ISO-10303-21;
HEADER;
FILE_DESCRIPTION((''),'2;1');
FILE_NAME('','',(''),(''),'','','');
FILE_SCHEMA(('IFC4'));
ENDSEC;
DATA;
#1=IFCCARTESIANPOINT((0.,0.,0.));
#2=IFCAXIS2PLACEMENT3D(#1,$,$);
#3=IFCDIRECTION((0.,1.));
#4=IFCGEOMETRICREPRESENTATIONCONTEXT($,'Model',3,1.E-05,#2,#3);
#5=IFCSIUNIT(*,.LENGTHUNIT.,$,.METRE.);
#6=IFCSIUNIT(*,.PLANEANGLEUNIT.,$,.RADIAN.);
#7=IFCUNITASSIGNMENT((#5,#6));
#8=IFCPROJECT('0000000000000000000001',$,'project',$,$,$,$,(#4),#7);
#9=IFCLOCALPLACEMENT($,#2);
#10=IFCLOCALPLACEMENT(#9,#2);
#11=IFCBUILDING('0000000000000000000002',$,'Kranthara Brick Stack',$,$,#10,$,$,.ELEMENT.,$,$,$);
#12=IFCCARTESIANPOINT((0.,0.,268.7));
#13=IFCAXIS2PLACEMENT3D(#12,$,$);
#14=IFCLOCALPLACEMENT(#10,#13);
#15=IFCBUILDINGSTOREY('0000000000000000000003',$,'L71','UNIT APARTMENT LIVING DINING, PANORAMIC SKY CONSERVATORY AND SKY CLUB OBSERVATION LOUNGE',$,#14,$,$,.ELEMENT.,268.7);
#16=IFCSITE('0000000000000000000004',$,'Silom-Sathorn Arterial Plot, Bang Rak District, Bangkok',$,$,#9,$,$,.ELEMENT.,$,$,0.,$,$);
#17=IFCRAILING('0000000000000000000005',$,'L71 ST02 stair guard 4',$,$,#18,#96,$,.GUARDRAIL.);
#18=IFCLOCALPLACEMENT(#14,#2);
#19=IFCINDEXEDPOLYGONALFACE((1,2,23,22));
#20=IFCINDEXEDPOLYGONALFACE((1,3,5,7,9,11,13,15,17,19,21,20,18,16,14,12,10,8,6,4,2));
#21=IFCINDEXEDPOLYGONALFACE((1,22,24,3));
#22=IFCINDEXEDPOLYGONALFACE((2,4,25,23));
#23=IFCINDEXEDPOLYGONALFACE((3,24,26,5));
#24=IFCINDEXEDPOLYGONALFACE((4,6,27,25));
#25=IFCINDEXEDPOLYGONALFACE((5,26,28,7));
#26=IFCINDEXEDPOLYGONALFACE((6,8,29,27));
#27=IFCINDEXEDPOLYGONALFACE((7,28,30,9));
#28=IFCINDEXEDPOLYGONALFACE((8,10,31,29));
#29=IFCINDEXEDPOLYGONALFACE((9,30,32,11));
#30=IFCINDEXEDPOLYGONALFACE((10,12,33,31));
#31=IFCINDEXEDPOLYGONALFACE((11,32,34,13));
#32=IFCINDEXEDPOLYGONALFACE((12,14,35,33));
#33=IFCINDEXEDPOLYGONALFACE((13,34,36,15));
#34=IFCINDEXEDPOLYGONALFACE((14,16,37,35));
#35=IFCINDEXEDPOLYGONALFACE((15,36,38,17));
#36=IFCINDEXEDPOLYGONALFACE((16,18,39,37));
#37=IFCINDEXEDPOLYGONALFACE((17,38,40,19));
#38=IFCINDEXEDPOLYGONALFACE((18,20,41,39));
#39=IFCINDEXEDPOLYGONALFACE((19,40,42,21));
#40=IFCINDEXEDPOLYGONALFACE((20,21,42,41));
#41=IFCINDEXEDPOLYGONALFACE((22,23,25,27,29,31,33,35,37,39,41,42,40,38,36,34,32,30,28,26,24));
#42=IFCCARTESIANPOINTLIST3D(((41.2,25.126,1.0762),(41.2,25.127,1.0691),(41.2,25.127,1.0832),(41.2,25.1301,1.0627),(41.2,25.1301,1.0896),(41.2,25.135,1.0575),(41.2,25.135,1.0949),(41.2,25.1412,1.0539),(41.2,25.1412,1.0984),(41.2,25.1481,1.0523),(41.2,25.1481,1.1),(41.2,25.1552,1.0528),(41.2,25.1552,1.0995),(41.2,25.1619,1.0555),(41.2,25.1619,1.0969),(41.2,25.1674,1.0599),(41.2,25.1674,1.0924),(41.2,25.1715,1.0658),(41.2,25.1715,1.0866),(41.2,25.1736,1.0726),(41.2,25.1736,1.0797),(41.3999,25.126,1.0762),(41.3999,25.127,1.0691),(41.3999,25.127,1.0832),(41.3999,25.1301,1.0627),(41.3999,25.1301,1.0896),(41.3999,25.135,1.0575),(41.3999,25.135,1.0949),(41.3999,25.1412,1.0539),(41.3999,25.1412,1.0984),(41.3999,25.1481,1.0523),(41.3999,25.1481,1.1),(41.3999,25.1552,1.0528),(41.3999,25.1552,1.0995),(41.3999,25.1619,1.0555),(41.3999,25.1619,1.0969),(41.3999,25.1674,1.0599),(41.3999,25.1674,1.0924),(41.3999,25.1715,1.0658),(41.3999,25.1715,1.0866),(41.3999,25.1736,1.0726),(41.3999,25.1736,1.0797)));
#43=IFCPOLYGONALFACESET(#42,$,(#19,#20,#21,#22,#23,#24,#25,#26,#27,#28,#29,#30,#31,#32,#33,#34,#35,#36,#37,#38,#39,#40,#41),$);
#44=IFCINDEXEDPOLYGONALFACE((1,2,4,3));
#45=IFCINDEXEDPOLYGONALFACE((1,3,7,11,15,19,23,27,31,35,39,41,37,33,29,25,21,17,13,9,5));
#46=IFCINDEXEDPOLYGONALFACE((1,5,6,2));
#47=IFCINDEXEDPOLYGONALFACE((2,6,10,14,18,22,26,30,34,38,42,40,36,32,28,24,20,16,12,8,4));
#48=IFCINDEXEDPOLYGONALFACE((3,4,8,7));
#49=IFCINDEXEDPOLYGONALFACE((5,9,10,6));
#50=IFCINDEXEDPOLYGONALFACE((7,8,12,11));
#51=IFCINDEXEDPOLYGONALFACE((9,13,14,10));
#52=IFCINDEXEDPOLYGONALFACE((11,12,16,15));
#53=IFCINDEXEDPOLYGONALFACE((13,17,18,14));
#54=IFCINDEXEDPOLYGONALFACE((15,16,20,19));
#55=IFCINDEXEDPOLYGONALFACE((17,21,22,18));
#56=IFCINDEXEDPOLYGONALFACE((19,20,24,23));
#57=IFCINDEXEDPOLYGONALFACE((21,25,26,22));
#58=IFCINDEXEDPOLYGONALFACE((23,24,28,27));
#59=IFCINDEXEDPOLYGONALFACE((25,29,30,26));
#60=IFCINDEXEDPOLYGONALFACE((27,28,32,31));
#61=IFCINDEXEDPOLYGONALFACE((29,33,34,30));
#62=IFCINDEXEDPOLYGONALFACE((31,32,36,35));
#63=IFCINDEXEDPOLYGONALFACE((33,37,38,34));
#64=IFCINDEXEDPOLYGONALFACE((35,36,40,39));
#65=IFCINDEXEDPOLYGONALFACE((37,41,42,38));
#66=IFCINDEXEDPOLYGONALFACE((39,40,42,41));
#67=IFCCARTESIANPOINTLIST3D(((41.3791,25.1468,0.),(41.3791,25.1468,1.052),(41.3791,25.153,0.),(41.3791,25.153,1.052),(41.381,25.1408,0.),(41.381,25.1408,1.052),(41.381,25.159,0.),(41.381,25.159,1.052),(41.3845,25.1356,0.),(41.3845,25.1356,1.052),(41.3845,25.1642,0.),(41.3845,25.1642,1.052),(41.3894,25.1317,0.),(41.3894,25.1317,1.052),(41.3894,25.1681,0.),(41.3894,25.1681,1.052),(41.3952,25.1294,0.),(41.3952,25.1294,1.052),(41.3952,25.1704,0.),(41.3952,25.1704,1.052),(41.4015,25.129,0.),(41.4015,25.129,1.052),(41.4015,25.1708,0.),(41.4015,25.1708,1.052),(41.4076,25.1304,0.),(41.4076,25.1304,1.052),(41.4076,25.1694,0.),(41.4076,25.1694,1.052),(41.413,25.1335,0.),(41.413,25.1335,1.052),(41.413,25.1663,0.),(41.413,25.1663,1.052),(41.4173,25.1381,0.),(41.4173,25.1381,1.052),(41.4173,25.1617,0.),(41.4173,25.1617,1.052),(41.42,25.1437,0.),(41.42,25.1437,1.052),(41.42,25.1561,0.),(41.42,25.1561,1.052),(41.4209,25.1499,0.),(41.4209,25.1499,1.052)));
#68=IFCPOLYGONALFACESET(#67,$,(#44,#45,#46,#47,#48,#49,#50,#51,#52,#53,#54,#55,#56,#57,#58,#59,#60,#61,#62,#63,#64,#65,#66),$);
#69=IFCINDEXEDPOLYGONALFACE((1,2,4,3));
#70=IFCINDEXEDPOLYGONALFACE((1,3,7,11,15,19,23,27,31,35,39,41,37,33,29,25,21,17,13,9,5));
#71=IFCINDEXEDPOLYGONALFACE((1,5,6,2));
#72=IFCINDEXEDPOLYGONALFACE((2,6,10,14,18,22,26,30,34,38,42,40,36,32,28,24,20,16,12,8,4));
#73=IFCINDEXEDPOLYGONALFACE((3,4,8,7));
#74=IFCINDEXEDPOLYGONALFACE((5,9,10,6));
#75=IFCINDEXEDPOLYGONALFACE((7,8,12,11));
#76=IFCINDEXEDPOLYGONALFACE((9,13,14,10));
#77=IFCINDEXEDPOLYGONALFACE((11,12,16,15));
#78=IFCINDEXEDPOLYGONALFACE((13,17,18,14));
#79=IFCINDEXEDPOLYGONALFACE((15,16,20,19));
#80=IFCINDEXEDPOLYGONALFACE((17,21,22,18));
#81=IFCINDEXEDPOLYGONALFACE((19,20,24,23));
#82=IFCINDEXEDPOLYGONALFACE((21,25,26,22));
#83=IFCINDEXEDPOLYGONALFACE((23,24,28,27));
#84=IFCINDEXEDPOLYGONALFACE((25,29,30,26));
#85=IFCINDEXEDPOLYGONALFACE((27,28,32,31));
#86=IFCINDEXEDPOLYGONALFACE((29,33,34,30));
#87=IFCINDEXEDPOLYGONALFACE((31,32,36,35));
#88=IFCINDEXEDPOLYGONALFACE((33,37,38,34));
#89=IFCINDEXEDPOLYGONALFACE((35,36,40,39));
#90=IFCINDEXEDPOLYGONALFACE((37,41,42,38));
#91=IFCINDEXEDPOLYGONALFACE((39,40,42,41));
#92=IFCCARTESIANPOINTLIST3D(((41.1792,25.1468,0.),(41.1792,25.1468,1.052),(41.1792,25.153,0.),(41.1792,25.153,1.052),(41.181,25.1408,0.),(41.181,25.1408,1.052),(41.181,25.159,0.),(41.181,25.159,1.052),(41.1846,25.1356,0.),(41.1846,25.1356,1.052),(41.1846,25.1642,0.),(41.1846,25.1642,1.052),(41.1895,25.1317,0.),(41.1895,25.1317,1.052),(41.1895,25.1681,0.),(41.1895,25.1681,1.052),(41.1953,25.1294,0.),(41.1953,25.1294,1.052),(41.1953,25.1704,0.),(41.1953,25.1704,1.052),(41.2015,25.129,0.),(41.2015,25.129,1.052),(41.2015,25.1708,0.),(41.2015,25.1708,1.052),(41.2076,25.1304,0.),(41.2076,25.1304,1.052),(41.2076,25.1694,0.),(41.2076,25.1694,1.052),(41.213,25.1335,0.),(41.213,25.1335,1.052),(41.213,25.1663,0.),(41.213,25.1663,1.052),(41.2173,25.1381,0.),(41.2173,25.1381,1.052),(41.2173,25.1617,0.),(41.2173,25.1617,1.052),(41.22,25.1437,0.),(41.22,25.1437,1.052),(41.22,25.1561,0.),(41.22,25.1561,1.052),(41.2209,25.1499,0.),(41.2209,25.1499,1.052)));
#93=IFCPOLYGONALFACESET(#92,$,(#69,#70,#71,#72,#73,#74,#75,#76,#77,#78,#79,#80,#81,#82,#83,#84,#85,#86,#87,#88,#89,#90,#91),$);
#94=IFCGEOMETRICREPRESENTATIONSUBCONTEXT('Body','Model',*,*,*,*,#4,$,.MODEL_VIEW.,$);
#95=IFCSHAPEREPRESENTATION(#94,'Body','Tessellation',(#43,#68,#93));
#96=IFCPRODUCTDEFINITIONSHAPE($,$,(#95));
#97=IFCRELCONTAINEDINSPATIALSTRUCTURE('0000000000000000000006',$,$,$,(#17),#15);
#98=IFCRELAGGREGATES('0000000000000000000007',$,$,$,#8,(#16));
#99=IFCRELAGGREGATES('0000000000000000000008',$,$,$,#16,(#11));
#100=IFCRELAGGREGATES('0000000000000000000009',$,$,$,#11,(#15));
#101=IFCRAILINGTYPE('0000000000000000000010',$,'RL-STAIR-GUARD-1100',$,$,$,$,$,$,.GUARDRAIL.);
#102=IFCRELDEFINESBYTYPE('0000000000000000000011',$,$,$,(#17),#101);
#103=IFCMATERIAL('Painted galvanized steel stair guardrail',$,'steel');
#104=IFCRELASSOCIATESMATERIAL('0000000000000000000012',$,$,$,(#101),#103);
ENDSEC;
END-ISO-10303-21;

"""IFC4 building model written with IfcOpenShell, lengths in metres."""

from ifc_helpers import new_model, si_unit, direction, frame, origin, origin_2d, place, context, subcontext, project, spatial, circle, extrude, material, type_object, element, save


model = new_model("IFC4")

# Units and contexts
model_context = context("Model", 3, precision=1e-05, world=origin(), true_north=direction((0.0, 1.0)))
body_context = subcontext(model_context, "Body", "Model", "MODEL_VIEW")
ifc_project = project(units=[si_unit("LENGTHUNIT", "METRE"), si_unit("PLANEANGLEUNIT", "RADIAN")], contexts=[model_context])

# Site, building, storey
site_placement = place(None, origin())
site = spatial("IfcSite", under=ifc_project, at=site_placement, Name="Silom-Sathorn Arterial Plot, Bang Rak District, Bangkok", CompositionType="ELEMENT", RefElevation=0.0)
building_placement = place(site_placement, origin())
building = spatial("IfcBuilding", under=site, at=building_placement, Name="Kranthara Brick Stack", CompositionType="ELEMENT")
storey_placement = place(building_placement, frame((0.0, 0.0, 268.7)))
storey = spatial("IfcBuildingStorey", under=building, at=storey_placement, Name="L71", Description="UNIT APARTMENT LIVING DINING, PANORAMIC SKY CONSERVATORY AND SKY CLUB OBSERVATION LOUNGE", CompositionType="ELEMENT", Elevation=268.7)

# Railing
ifc_material_1 = material(Name="Painted galvanized steel stair guardrail", Category="steel")
railing_type_1 = type_object("IfcRailingType", Name="RL-STAIR-GUARD-1100", PredefinedType="GUARDRAIL", material=ifc_material_1)
railing_1_placement = place(storey_placement, frame((41.3999, 25.1499, 0.0)))
element("IfcRailing", 1, at=railing_1_placement, inside=storey, type_object=railing_type_1, Name="L71 ST02 stair guard 4", PredefinedType="GUARDRAIL", context=body_context, shape_type="SweptSolid", body=[
    extrude(circle(Radius=0.0239, at=origin_2d()), frame((0.0, 0.0, 1.0762), z_axis=(-1.0, 0.0, 0.0), x_axis=(0.0, -1.0, 0.0)), (0.0, 0.0, 1.0), 0.2),
    extrude(circle(Radius=0.021, at=origin_2d()), origin(), (0.0, 0.0, 1.0), 1.052),
    extrude(circle(Radius=0.021, at=origin_2d()), frame((-0.2, 0.0, 0.0)), (0.0, 0.0, 1.0), 1.052),
])

save(model, "model.ifc")
